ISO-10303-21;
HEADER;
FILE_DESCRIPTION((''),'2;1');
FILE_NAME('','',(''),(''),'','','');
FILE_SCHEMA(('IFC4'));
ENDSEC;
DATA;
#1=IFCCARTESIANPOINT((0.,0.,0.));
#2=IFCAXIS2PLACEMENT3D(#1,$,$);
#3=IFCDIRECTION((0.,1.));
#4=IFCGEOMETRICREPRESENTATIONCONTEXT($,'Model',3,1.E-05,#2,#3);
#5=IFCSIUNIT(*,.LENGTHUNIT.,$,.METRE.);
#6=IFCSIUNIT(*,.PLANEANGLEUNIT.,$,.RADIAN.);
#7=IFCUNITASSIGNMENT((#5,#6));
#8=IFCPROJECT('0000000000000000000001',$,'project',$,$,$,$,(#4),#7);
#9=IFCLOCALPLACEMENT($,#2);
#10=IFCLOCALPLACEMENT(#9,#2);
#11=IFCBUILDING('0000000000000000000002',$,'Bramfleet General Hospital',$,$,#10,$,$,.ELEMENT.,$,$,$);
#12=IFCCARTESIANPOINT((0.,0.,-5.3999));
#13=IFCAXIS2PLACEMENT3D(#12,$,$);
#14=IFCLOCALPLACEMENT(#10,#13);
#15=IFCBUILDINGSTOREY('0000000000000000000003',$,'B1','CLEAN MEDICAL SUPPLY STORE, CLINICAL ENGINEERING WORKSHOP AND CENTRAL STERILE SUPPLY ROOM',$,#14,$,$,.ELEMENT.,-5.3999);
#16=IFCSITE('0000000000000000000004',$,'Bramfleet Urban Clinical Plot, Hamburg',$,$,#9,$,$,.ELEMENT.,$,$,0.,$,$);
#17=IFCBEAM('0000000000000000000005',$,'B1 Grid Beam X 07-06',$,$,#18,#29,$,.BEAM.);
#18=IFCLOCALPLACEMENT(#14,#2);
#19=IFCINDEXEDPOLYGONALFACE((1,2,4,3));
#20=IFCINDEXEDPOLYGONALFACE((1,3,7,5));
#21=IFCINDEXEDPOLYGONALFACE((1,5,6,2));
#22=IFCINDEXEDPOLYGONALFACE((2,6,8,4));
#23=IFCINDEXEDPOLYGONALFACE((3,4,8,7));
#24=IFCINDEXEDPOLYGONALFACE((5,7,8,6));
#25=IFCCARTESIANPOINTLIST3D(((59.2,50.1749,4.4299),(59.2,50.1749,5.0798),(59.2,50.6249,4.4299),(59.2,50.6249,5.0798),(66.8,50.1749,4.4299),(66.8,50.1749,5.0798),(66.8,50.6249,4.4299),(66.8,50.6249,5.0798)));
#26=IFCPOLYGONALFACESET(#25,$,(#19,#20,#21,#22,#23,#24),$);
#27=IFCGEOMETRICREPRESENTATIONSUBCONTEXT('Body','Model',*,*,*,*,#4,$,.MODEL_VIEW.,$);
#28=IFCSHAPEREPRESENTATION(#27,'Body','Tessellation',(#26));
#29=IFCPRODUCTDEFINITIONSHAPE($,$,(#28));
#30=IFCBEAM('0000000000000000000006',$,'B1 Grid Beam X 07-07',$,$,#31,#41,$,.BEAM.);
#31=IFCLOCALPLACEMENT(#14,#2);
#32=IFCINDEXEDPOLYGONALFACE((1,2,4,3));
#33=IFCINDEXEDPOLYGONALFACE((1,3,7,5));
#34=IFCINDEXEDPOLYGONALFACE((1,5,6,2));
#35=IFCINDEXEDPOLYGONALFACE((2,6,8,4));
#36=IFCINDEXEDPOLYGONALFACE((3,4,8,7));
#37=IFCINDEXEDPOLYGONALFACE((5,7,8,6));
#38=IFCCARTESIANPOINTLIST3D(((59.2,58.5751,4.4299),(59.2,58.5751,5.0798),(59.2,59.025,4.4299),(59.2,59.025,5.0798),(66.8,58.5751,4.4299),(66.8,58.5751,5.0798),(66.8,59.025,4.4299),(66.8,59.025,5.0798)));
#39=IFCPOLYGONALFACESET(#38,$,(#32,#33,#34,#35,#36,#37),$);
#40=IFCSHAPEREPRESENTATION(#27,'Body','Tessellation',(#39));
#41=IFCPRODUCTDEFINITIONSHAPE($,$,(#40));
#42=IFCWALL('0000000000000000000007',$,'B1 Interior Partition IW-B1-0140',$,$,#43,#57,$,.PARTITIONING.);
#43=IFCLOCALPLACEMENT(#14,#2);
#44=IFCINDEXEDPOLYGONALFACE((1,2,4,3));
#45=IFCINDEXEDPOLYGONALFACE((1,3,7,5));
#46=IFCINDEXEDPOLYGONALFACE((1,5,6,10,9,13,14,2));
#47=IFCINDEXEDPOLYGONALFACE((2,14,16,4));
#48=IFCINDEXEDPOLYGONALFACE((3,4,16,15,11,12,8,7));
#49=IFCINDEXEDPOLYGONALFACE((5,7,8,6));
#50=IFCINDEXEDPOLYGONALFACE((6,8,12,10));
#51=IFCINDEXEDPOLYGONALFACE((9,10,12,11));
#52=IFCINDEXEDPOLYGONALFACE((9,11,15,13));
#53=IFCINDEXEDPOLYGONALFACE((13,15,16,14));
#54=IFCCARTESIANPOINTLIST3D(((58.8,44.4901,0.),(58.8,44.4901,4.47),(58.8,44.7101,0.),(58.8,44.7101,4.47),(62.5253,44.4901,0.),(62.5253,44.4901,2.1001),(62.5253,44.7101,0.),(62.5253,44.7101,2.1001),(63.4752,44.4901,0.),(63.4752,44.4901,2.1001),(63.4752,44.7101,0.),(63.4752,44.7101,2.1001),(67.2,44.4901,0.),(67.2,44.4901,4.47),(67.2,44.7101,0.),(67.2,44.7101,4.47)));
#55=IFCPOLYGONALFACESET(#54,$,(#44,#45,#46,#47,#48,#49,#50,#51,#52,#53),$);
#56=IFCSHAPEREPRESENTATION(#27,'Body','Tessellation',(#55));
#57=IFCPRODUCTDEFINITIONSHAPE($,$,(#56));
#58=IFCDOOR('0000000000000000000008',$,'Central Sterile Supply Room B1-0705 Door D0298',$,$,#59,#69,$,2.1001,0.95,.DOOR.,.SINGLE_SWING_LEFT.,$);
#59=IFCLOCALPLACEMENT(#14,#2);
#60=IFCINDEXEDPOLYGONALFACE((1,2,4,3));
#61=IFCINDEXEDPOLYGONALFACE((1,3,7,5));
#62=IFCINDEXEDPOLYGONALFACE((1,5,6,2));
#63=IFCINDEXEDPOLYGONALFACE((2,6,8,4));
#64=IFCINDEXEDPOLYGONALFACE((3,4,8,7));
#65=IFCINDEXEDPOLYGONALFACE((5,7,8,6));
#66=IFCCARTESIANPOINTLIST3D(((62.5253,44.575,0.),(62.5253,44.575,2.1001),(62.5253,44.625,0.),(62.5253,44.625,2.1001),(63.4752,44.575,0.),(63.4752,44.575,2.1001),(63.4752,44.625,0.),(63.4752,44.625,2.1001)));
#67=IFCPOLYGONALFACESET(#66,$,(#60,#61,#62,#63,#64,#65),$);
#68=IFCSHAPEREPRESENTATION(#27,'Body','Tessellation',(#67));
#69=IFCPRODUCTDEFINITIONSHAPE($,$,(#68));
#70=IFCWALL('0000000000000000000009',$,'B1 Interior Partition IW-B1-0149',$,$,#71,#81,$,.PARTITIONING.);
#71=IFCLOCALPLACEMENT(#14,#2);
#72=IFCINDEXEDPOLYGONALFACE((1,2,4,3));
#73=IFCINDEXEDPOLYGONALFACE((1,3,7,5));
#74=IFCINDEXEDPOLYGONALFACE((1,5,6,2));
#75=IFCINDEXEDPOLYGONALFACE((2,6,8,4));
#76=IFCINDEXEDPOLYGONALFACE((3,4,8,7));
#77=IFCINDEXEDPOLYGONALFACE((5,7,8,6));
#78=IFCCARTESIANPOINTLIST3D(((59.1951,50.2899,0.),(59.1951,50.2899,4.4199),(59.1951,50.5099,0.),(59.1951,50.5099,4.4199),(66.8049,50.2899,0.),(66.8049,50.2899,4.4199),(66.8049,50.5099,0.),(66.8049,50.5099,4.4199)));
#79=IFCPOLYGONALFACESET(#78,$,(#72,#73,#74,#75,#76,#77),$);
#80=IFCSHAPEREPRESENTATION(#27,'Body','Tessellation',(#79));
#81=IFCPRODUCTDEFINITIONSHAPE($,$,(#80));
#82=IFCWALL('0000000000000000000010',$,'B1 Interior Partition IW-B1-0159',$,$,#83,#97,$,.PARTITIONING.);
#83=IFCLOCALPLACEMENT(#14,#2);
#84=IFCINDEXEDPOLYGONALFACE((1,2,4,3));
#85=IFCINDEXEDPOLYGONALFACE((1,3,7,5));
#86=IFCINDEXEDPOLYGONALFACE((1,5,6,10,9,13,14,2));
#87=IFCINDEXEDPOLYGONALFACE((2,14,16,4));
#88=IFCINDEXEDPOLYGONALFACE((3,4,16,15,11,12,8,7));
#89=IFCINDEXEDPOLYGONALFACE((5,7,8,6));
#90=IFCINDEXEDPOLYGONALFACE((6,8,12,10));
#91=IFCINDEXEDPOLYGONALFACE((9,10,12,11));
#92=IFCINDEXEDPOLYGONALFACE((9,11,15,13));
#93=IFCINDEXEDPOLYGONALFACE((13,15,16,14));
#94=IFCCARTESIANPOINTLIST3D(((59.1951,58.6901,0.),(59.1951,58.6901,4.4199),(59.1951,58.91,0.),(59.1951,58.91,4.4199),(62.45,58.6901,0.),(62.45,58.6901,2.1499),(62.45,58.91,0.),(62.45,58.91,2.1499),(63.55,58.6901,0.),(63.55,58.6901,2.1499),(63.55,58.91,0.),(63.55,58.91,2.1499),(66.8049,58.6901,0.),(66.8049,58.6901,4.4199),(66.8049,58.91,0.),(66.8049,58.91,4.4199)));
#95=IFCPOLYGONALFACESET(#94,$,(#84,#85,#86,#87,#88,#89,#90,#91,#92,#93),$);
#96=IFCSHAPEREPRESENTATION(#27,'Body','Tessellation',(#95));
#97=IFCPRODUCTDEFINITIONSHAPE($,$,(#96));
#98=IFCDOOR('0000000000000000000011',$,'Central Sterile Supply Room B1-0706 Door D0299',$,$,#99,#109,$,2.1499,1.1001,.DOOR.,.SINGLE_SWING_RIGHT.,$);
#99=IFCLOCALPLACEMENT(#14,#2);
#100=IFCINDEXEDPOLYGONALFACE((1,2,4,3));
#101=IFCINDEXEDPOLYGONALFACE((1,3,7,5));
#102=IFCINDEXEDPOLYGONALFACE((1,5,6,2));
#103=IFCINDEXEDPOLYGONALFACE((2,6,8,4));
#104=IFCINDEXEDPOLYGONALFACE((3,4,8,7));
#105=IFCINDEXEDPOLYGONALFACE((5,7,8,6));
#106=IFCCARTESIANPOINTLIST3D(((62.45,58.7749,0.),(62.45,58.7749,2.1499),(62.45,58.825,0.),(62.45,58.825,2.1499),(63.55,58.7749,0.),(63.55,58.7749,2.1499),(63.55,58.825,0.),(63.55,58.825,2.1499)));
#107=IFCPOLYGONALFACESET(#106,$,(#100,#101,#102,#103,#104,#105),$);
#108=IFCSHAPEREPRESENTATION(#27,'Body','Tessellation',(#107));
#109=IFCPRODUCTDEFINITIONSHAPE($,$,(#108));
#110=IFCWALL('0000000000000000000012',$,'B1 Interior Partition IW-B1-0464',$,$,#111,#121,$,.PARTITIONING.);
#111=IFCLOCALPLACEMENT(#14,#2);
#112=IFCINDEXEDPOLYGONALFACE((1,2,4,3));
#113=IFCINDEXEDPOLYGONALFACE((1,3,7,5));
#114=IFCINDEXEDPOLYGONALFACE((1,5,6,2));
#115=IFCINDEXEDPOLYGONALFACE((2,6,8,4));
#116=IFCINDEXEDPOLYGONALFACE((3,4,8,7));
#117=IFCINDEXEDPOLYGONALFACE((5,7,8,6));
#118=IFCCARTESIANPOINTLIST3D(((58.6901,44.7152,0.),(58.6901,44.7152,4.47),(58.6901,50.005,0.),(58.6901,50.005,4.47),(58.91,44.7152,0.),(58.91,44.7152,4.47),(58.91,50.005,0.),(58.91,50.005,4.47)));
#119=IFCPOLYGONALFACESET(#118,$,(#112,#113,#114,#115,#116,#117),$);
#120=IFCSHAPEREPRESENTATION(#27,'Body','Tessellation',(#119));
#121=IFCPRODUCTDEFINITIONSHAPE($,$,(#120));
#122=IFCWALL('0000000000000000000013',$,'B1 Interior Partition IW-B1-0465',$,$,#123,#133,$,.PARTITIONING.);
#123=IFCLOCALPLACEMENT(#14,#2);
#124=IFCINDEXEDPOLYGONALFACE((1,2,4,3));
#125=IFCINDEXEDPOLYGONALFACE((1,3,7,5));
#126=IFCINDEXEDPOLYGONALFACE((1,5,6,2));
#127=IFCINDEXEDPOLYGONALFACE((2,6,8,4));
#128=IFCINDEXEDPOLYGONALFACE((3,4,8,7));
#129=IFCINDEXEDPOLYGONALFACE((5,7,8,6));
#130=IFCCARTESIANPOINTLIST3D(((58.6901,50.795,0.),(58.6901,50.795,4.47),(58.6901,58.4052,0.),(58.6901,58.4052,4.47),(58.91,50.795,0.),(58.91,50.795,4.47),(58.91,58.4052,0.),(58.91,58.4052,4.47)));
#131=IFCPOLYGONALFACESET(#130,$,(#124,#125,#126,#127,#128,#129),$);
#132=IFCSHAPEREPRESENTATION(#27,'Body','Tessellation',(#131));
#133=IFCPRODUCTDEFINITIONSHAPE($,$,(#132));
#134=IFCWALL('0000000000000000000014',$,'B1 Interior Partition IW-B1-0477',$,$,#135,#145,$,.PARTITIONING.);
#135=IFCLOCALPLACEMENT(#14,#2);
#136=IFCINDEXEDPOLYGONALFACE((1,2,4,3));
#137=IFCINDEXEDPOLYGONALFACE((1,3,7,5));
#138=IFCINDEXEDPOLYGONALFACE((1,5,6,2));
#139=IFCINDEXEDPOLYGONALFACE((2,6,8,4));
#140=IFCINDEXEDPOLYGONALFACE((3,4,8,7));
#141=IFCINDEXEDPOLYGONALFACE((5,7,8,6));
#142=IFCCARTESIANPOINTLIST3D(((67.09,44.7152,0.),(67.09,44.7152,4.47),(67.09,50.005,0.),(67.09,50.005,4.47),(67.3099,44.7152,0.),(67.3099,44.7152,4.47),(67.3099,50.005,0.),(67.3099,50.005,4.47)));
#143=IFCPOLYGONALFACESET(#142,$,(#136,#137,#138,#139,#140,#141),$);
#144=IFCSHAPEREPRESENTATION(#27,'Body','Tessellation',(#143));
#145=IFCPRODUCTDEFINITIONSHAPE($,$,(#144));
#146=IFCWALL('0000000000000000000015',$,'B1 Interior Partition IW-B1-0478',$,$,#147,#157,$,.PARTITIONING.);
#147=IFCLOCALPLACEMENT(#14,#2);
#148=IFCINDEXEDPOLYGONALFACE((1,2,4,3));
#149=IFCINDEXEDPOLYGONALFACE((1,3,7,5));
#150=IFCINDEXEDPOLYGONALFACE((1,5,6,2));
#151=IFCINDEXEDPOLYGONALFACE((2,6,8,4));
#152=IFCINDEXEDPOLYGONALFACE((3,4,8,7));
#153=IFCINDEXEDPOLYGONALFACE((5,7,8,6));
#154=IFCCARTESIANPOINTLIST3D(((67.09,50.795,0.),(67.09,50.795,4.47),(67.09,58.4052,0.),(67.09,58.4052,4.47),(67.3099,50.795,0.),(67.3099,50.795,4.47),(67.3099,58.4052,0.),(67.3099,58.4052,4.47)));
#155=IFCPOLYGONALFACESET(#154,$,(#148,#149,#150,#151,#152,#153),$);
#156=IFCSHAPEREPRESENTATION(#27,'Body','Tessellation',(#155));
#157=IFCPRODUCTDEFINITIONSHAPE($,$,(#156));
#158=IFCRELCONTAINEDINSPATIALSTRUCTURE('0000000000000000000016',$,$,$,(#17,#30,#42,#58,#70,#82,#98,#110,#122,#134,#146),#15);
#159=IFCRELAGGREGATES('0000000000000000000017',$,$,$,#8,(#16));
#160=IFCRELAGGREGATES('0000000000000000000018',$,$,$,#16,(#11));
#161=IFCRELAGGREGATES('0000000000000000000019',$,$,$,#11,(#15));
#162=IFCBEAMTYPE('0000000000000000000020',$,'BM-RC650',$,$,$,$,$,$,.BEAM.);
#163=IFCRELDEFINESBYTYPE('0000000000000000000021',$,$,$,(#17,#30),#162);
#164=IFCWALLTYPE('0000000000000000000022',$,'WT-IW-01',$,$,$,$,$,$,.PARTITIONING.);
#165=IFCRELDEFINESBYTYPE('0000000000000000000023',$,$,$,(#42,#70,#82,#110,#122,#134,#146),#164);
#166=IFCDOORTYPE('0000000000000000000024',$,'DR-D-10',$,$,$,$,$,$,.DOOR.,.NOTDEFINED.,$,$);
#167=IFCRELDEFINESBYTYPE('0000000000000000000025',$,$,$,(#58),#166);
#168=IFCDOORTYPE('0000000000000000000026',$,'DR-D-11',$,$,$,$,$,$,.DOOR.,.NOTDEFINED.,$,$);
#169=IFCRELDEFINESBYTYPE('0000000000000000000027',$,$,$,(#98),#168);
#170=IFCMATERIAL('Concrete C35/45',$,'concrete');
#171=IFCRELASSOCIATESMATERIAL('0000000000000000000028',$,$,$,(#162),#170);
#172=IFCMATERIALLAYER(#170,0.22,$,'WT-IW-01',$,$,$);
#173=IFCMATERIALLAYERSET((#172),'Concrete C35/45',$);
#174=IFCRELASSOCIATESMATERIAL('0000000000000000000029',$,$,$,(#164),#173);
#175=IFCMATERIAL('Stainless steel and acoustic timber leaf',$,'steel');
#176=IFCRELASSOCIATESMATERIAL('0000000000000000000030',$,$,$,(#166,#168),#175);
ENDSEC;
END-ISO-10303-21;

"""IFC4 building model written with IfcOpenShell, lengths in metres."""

from ifc_helpers import new_model, si_unit, direction, frame, frame_2d, origin, origin_2d, place, context, subcontext, project, spatial, rectangle, extrude, material, layer, layer_set, material_profile, profile_set, type_object, element, fill, save


model = new_model("IFC4")

# Units and contexts
model_context = context("Model", 3, precision=1e-05, world=origin(), true_north=direction((0.0, 1.0)))
body_context = subcontext(model_context, "Body", "Model", "MODEL_VIEW")
ifc_project = project(units=[si_unit("LENGTHUNIT", "METRE"), si_unit("PLANEANGLEUNIT", "RADIAN")], contexts=[model_context])

# Site, building, storey
site_placement = place(None, origin())
site = spatial("IfcSite", under=ifc_project, at=site_placement, Name="Bramfleet Urban Clinical Plot, Hamburg", CompositionType="ELEMENT", RefElevation=0.0)
building_placement = place(site_placement, origin())
building = spatial("IfcBuilding", under=site, at=building_placement, Name="Bramfleet General Hospital", CompositionType="ELEMENT")
storey_placement = place(building_placement, frame((0.0, 0.0, -5.3999)))
storey = spatial("IfcBuildingStorey", under=building, at=storey_placement, Name="B1", Description="CLEAN MEDICAL SUPPLY STORE, CLINICAL ENGINEERING WORKSHOP AND CENTRAL STERILE SUPPLY ROOM", CompositionType="ELEMENT", Elevation=-5.3999)

# Shared definitions
ifc_material_1 = material(Name="Concrete C35/45", Category="concrete")

# Beams
ifc_material_profile_1 = material_profile(ifc_material_1, rectangle(XDim=0.45, YDim=0.6499, at=origin_2d()), Name="RC BM 650x450")
ifc_profile_set_1 = profile_set([ifc_material_profile_1], Name="Concrete C35/45")
beam_type_1 = type_object("IfcBeamType", Name="BM-RC650", PredefinedType="BEAM", material=ifc_profile_set_1)
for number, where, z_axis, x_axis, name in (
    (1, (59.2, 50.3999, 4.7549), (1.0, 0.0, 0.0), (0.0, 1.0, 0.0), "B1 Grid Beam X 07-06"),
    (2, (59.2, 58.8, 4.7549), (1.0, 0.0, 0.0), (0.0, 1.0, 0.0), "B1 Grid Beam X 07-07"),
):
    element("IfcBeam", number, at=place(storey_placement, frame(where, z_axis=z_axis, x_axis=x_axis)), inside=storey, type_object=beam_type_1, Name=name, PredefinedType="BEAM", context=body_context, shape_type="SweptSolid", body=[
        extrude(rectangle(XDim=0.45, YDim=0.6499, at=origin_2d()), origin(), (0.0, 0.0, 1.0), 7.6001),
    ])

# Wall, opening, door
ifc_layer = layer(ifc_material_1, 0.22, Name="WT-IW-01")
ifc_layer_set = layer_set([ifc_layer], Name="Concrete C35/45")
wall_type = type_object("IfcWallType", Name="WT-IW-01", PredefinedType="PARTITIONING", material=ifc_layer_set)
wall_1_placement = place(storey_placement, frame((58.8, 44.6001, 0.0), z_axis=(0.0, 0.0, 1.0), x_axis=(1.0, 0.0, 0.0)))
wall_1 = element("IfcWall", 3, at=wall_1_placement, inside=storey, type_object=wall_type, Name="B1 Interior Partition IW-B1-0140", PredefinedType="PARTITIONING", context=body_context, shape_type="SweptSolid", body=[
    extrude(rectangle(XDim=8.3999, YDim=0.22, at=frame_2d((4.2, 0.0))), origin(), (0.0, 0.0, 1.0), 4.47),
])
opening_1_placement = place(wall_1_placement, frame((3.7251, 0.0, 0.0)))
opening_1 = element("IfcOpeningElement", 4, at=opening_1_placement, cuts=wall_1, PredefinedType="OPENING", context=body_context, shape_type="SweptSolid", body=[
    extrude(rectangle(XDim=0.95, YDim=2.1001, at=frame_2d((0.4751, 1.05))), frame((0.0, 0.1199, 0.0), z_axis=(0.0, -1.0, 0.0), x_axis=(1.0, 0.0, 0.0)), (0.0, 0.0, 1.0), 0.24),
])
ifc_material_2 = material(Name="Stainless steel and acoustic timber leaf", Category="steel")
door_type_1 = type_object("IfcDoorType", Name="DR-D-10", OperationType="NOTDEFINED", PredefinedType="DOOR", material=ifc_material_2)
door_1_placement = place(opening_1_placement, origin())
door_1 = element("IfcDoor", 5, at=door_1_placement, inside=storey, type_object=door_type_1, Name="Central Sterile Supply Room B1-0705 Door D0298", OperationType="SINGLE_SWING_LEFT", OverallHeight=2.1001, OverallWidth=0.95, PredefinedType="DOOR", context=body_context, shape_type="SweptSolid", body=[
    extrude(rectangle(XDim=0.95, YDim=2.1001, at=frame_2d((0.4751, 1.05))), frame((0.0, 0.0249, 0.0), z_axis=(0.0, -1.0, 0.0), x_axis=(1.0, 0.0, 0.0)), (0.0, 0.0, 1.0), 0.05),
])
fill(opening_1, door_1)

# Wall
wall_2_placement = place(storey_placement, frame((59.1951, 50.3999, 0.0), z_axis=(0.0, 0.0, 1.0), x_axis=(1.0, 0.0, 0.0)))
element("IfcWall", 6, at=wall_2_placement, inside=storey, type_object=wall_type, Name="B1 Interior Partition IW-B1-0149", PredefinedType="PARTITIONING", context=body_context, shape_type="SweptSolid", body=[
    extrude(rectangle(XDim=7.6099, YDim=0.22, at=frame_2d((3.8049, 0.0))), origin(), (0.0, 0.0, 1.0), 4.4199),
])

# Wall, opening, door
wall_3_placement = place(storey_placement, frame((59.1951, 58.8, 0.0), z_axis=(0.0, 0.0, 1.0), x_axis=(1.0, 0.0, 0.0)))
wall_3 = element("IfcWall", 7, at=wall_3_placement, inside=storey, type_object=wall_type, Name="B1 Interior Partition IW-B1-0159", PredefinedType="PARTITIONING", context=body_context, shape_type="SweptSolid", body=[
    extrude(rectangle(XDim=7.6099, YDim=0.22, at=frame_2d((3.8049, 0.0))), origin(), (0.0, 0.0, 1.0), 4.4199),
])
opening_2_placement = place(wall_3_placement, frame((3.2549, 0.0, 0.0)))
opening_2 = element("IfcOpeningElement", 8, at=opening_2_placement, cuts=wall_3, PredefinedType="OPENING", context=body_context, shape_type="SweptSolid", body=[
    extrude(rectangle(XDim=1.1001, YDim=2.1499, at=frame_2d((0.55, 1.075))), frame((0.0, 0.1199, 0.0), z_axis=(0.0, -1.0, 0.0), x_axis=(1.0, 0.0, 0.0)), (0.0, 0.0, 1.0), 0.24),
])
door_type_2 = type_object("IfcDoorType", Name="DR-D-11", OperationType="NOTDEFINED", PredefinedType="DOOR", material=ifc_material_2)
door_2_placement = place(opening_2_placement, origin())
door_2 = element("IfcDoor", 9, at=door_2_placement, inside=storey, type_object=door_type_2, Name="Central Sterile Supply Room B1-0706 Door D0299", OperationType="SINGLE_SWING_RIGHT", OverallHeight=2.1499, OverallWidth=1.1001, PredefinedType="DOOR", context=body_context, shape_type="SweptSolid", body=[
    extrude(rectangle(XDim=1.1001, YDim=2.1499, at=frame_2d((0.55, 1.075))), frame((0.0, 0.0249, 0.0), z_axis=(0.0, -1.0, 0.0), x_axis=(1.0, 0.0, 0.0)), (0.0, 0.0, 1.0), 0.05),
])
fill(opening_2, door_2)

# Walls
wall_4_placement = place(storey_placement, frame((58.8, 44.7151, 0.0), z_axis=(0.0, 0.0, 1.0), x_axis=(0.0, 1.0, 0.0)))
element("IfcWall", 10, at=wall_4_placement, inside=storey, type_object=wall_type, Name="B1 Interior Partition IW-B1-0464", PredefinedType="PARTITIONING", context=body_context, shape_type="SweptSolid", body=[
    extrude(rectangle(XDim=5.2898, YDim=0.22, at=frame_2d((2.645, 0.0))), origin(), (0.0, 0.0, 1.0), 4.47),
])
wall_5_placement = place(storey_placement, frame((58.8, 50.7949, 0.0), z_axis=(0.0, 0.0, 1.0), x_axis=(0.0, 1.0, 0.0)))
element("IfcWall", 11, at=wall_5_placement, inside=storey, type_object=wall_type, Name="B1 Interior Partition IW-B1-0465", PredefinedType="PARTITIONING", context=body_context, shape_type="SweptSolid", body=[
    extrude(rectangle(XDim=7.6101, YDim=0.22, at=frame_2d((3.8052, 0.0))), origin(), (0.0, 0.0, 1.0), 4.47),
])
wall_6_placement = place(storey_placement, frame((67.2, 44.7151, 0.0), z_axis=(0.0, 0.0, 1.0), x_axis=(0.0, 1.0, 0.0)))
element("IfcWall", 12, at=wall_6_placement, inside=storey, type_object=wall_type, Name="B1 Interior Partition IW-B1-0477", PredefinedType="PARTITIONING", context=body_context, shape_type="SweptSolid", body=[
    extrude(rectangle(XDim=5.2898, YDim=0.22, at=frame_2d((2.645, 0.0))), origin(), (0.0, 0.0, 1.0), 4.47),
])
wall_7_placement = place(storey_placement, frame((67.2, 50.7949, 0.0), z_axis=(0.0, 0.0, 1.0), x_axis=(0.0, 1.0, 0.0)))
element("IfcWall", 13, at=wall_7_placement, inside=storey, type_object=wall_type, Name="B1 Interior Partition IW-B1-0478", PredefinedType="PARTITIONING", context=body_context, shape_type="SweptSolid", body=[
    extrude(rectangle(XDim=7.6101, YDim=0.22, at=frame_2d((3.8052, 0.0))), origin(), (0.0, 0.0, 1.0), 4.47),
])

save(model, "model.ifc")
